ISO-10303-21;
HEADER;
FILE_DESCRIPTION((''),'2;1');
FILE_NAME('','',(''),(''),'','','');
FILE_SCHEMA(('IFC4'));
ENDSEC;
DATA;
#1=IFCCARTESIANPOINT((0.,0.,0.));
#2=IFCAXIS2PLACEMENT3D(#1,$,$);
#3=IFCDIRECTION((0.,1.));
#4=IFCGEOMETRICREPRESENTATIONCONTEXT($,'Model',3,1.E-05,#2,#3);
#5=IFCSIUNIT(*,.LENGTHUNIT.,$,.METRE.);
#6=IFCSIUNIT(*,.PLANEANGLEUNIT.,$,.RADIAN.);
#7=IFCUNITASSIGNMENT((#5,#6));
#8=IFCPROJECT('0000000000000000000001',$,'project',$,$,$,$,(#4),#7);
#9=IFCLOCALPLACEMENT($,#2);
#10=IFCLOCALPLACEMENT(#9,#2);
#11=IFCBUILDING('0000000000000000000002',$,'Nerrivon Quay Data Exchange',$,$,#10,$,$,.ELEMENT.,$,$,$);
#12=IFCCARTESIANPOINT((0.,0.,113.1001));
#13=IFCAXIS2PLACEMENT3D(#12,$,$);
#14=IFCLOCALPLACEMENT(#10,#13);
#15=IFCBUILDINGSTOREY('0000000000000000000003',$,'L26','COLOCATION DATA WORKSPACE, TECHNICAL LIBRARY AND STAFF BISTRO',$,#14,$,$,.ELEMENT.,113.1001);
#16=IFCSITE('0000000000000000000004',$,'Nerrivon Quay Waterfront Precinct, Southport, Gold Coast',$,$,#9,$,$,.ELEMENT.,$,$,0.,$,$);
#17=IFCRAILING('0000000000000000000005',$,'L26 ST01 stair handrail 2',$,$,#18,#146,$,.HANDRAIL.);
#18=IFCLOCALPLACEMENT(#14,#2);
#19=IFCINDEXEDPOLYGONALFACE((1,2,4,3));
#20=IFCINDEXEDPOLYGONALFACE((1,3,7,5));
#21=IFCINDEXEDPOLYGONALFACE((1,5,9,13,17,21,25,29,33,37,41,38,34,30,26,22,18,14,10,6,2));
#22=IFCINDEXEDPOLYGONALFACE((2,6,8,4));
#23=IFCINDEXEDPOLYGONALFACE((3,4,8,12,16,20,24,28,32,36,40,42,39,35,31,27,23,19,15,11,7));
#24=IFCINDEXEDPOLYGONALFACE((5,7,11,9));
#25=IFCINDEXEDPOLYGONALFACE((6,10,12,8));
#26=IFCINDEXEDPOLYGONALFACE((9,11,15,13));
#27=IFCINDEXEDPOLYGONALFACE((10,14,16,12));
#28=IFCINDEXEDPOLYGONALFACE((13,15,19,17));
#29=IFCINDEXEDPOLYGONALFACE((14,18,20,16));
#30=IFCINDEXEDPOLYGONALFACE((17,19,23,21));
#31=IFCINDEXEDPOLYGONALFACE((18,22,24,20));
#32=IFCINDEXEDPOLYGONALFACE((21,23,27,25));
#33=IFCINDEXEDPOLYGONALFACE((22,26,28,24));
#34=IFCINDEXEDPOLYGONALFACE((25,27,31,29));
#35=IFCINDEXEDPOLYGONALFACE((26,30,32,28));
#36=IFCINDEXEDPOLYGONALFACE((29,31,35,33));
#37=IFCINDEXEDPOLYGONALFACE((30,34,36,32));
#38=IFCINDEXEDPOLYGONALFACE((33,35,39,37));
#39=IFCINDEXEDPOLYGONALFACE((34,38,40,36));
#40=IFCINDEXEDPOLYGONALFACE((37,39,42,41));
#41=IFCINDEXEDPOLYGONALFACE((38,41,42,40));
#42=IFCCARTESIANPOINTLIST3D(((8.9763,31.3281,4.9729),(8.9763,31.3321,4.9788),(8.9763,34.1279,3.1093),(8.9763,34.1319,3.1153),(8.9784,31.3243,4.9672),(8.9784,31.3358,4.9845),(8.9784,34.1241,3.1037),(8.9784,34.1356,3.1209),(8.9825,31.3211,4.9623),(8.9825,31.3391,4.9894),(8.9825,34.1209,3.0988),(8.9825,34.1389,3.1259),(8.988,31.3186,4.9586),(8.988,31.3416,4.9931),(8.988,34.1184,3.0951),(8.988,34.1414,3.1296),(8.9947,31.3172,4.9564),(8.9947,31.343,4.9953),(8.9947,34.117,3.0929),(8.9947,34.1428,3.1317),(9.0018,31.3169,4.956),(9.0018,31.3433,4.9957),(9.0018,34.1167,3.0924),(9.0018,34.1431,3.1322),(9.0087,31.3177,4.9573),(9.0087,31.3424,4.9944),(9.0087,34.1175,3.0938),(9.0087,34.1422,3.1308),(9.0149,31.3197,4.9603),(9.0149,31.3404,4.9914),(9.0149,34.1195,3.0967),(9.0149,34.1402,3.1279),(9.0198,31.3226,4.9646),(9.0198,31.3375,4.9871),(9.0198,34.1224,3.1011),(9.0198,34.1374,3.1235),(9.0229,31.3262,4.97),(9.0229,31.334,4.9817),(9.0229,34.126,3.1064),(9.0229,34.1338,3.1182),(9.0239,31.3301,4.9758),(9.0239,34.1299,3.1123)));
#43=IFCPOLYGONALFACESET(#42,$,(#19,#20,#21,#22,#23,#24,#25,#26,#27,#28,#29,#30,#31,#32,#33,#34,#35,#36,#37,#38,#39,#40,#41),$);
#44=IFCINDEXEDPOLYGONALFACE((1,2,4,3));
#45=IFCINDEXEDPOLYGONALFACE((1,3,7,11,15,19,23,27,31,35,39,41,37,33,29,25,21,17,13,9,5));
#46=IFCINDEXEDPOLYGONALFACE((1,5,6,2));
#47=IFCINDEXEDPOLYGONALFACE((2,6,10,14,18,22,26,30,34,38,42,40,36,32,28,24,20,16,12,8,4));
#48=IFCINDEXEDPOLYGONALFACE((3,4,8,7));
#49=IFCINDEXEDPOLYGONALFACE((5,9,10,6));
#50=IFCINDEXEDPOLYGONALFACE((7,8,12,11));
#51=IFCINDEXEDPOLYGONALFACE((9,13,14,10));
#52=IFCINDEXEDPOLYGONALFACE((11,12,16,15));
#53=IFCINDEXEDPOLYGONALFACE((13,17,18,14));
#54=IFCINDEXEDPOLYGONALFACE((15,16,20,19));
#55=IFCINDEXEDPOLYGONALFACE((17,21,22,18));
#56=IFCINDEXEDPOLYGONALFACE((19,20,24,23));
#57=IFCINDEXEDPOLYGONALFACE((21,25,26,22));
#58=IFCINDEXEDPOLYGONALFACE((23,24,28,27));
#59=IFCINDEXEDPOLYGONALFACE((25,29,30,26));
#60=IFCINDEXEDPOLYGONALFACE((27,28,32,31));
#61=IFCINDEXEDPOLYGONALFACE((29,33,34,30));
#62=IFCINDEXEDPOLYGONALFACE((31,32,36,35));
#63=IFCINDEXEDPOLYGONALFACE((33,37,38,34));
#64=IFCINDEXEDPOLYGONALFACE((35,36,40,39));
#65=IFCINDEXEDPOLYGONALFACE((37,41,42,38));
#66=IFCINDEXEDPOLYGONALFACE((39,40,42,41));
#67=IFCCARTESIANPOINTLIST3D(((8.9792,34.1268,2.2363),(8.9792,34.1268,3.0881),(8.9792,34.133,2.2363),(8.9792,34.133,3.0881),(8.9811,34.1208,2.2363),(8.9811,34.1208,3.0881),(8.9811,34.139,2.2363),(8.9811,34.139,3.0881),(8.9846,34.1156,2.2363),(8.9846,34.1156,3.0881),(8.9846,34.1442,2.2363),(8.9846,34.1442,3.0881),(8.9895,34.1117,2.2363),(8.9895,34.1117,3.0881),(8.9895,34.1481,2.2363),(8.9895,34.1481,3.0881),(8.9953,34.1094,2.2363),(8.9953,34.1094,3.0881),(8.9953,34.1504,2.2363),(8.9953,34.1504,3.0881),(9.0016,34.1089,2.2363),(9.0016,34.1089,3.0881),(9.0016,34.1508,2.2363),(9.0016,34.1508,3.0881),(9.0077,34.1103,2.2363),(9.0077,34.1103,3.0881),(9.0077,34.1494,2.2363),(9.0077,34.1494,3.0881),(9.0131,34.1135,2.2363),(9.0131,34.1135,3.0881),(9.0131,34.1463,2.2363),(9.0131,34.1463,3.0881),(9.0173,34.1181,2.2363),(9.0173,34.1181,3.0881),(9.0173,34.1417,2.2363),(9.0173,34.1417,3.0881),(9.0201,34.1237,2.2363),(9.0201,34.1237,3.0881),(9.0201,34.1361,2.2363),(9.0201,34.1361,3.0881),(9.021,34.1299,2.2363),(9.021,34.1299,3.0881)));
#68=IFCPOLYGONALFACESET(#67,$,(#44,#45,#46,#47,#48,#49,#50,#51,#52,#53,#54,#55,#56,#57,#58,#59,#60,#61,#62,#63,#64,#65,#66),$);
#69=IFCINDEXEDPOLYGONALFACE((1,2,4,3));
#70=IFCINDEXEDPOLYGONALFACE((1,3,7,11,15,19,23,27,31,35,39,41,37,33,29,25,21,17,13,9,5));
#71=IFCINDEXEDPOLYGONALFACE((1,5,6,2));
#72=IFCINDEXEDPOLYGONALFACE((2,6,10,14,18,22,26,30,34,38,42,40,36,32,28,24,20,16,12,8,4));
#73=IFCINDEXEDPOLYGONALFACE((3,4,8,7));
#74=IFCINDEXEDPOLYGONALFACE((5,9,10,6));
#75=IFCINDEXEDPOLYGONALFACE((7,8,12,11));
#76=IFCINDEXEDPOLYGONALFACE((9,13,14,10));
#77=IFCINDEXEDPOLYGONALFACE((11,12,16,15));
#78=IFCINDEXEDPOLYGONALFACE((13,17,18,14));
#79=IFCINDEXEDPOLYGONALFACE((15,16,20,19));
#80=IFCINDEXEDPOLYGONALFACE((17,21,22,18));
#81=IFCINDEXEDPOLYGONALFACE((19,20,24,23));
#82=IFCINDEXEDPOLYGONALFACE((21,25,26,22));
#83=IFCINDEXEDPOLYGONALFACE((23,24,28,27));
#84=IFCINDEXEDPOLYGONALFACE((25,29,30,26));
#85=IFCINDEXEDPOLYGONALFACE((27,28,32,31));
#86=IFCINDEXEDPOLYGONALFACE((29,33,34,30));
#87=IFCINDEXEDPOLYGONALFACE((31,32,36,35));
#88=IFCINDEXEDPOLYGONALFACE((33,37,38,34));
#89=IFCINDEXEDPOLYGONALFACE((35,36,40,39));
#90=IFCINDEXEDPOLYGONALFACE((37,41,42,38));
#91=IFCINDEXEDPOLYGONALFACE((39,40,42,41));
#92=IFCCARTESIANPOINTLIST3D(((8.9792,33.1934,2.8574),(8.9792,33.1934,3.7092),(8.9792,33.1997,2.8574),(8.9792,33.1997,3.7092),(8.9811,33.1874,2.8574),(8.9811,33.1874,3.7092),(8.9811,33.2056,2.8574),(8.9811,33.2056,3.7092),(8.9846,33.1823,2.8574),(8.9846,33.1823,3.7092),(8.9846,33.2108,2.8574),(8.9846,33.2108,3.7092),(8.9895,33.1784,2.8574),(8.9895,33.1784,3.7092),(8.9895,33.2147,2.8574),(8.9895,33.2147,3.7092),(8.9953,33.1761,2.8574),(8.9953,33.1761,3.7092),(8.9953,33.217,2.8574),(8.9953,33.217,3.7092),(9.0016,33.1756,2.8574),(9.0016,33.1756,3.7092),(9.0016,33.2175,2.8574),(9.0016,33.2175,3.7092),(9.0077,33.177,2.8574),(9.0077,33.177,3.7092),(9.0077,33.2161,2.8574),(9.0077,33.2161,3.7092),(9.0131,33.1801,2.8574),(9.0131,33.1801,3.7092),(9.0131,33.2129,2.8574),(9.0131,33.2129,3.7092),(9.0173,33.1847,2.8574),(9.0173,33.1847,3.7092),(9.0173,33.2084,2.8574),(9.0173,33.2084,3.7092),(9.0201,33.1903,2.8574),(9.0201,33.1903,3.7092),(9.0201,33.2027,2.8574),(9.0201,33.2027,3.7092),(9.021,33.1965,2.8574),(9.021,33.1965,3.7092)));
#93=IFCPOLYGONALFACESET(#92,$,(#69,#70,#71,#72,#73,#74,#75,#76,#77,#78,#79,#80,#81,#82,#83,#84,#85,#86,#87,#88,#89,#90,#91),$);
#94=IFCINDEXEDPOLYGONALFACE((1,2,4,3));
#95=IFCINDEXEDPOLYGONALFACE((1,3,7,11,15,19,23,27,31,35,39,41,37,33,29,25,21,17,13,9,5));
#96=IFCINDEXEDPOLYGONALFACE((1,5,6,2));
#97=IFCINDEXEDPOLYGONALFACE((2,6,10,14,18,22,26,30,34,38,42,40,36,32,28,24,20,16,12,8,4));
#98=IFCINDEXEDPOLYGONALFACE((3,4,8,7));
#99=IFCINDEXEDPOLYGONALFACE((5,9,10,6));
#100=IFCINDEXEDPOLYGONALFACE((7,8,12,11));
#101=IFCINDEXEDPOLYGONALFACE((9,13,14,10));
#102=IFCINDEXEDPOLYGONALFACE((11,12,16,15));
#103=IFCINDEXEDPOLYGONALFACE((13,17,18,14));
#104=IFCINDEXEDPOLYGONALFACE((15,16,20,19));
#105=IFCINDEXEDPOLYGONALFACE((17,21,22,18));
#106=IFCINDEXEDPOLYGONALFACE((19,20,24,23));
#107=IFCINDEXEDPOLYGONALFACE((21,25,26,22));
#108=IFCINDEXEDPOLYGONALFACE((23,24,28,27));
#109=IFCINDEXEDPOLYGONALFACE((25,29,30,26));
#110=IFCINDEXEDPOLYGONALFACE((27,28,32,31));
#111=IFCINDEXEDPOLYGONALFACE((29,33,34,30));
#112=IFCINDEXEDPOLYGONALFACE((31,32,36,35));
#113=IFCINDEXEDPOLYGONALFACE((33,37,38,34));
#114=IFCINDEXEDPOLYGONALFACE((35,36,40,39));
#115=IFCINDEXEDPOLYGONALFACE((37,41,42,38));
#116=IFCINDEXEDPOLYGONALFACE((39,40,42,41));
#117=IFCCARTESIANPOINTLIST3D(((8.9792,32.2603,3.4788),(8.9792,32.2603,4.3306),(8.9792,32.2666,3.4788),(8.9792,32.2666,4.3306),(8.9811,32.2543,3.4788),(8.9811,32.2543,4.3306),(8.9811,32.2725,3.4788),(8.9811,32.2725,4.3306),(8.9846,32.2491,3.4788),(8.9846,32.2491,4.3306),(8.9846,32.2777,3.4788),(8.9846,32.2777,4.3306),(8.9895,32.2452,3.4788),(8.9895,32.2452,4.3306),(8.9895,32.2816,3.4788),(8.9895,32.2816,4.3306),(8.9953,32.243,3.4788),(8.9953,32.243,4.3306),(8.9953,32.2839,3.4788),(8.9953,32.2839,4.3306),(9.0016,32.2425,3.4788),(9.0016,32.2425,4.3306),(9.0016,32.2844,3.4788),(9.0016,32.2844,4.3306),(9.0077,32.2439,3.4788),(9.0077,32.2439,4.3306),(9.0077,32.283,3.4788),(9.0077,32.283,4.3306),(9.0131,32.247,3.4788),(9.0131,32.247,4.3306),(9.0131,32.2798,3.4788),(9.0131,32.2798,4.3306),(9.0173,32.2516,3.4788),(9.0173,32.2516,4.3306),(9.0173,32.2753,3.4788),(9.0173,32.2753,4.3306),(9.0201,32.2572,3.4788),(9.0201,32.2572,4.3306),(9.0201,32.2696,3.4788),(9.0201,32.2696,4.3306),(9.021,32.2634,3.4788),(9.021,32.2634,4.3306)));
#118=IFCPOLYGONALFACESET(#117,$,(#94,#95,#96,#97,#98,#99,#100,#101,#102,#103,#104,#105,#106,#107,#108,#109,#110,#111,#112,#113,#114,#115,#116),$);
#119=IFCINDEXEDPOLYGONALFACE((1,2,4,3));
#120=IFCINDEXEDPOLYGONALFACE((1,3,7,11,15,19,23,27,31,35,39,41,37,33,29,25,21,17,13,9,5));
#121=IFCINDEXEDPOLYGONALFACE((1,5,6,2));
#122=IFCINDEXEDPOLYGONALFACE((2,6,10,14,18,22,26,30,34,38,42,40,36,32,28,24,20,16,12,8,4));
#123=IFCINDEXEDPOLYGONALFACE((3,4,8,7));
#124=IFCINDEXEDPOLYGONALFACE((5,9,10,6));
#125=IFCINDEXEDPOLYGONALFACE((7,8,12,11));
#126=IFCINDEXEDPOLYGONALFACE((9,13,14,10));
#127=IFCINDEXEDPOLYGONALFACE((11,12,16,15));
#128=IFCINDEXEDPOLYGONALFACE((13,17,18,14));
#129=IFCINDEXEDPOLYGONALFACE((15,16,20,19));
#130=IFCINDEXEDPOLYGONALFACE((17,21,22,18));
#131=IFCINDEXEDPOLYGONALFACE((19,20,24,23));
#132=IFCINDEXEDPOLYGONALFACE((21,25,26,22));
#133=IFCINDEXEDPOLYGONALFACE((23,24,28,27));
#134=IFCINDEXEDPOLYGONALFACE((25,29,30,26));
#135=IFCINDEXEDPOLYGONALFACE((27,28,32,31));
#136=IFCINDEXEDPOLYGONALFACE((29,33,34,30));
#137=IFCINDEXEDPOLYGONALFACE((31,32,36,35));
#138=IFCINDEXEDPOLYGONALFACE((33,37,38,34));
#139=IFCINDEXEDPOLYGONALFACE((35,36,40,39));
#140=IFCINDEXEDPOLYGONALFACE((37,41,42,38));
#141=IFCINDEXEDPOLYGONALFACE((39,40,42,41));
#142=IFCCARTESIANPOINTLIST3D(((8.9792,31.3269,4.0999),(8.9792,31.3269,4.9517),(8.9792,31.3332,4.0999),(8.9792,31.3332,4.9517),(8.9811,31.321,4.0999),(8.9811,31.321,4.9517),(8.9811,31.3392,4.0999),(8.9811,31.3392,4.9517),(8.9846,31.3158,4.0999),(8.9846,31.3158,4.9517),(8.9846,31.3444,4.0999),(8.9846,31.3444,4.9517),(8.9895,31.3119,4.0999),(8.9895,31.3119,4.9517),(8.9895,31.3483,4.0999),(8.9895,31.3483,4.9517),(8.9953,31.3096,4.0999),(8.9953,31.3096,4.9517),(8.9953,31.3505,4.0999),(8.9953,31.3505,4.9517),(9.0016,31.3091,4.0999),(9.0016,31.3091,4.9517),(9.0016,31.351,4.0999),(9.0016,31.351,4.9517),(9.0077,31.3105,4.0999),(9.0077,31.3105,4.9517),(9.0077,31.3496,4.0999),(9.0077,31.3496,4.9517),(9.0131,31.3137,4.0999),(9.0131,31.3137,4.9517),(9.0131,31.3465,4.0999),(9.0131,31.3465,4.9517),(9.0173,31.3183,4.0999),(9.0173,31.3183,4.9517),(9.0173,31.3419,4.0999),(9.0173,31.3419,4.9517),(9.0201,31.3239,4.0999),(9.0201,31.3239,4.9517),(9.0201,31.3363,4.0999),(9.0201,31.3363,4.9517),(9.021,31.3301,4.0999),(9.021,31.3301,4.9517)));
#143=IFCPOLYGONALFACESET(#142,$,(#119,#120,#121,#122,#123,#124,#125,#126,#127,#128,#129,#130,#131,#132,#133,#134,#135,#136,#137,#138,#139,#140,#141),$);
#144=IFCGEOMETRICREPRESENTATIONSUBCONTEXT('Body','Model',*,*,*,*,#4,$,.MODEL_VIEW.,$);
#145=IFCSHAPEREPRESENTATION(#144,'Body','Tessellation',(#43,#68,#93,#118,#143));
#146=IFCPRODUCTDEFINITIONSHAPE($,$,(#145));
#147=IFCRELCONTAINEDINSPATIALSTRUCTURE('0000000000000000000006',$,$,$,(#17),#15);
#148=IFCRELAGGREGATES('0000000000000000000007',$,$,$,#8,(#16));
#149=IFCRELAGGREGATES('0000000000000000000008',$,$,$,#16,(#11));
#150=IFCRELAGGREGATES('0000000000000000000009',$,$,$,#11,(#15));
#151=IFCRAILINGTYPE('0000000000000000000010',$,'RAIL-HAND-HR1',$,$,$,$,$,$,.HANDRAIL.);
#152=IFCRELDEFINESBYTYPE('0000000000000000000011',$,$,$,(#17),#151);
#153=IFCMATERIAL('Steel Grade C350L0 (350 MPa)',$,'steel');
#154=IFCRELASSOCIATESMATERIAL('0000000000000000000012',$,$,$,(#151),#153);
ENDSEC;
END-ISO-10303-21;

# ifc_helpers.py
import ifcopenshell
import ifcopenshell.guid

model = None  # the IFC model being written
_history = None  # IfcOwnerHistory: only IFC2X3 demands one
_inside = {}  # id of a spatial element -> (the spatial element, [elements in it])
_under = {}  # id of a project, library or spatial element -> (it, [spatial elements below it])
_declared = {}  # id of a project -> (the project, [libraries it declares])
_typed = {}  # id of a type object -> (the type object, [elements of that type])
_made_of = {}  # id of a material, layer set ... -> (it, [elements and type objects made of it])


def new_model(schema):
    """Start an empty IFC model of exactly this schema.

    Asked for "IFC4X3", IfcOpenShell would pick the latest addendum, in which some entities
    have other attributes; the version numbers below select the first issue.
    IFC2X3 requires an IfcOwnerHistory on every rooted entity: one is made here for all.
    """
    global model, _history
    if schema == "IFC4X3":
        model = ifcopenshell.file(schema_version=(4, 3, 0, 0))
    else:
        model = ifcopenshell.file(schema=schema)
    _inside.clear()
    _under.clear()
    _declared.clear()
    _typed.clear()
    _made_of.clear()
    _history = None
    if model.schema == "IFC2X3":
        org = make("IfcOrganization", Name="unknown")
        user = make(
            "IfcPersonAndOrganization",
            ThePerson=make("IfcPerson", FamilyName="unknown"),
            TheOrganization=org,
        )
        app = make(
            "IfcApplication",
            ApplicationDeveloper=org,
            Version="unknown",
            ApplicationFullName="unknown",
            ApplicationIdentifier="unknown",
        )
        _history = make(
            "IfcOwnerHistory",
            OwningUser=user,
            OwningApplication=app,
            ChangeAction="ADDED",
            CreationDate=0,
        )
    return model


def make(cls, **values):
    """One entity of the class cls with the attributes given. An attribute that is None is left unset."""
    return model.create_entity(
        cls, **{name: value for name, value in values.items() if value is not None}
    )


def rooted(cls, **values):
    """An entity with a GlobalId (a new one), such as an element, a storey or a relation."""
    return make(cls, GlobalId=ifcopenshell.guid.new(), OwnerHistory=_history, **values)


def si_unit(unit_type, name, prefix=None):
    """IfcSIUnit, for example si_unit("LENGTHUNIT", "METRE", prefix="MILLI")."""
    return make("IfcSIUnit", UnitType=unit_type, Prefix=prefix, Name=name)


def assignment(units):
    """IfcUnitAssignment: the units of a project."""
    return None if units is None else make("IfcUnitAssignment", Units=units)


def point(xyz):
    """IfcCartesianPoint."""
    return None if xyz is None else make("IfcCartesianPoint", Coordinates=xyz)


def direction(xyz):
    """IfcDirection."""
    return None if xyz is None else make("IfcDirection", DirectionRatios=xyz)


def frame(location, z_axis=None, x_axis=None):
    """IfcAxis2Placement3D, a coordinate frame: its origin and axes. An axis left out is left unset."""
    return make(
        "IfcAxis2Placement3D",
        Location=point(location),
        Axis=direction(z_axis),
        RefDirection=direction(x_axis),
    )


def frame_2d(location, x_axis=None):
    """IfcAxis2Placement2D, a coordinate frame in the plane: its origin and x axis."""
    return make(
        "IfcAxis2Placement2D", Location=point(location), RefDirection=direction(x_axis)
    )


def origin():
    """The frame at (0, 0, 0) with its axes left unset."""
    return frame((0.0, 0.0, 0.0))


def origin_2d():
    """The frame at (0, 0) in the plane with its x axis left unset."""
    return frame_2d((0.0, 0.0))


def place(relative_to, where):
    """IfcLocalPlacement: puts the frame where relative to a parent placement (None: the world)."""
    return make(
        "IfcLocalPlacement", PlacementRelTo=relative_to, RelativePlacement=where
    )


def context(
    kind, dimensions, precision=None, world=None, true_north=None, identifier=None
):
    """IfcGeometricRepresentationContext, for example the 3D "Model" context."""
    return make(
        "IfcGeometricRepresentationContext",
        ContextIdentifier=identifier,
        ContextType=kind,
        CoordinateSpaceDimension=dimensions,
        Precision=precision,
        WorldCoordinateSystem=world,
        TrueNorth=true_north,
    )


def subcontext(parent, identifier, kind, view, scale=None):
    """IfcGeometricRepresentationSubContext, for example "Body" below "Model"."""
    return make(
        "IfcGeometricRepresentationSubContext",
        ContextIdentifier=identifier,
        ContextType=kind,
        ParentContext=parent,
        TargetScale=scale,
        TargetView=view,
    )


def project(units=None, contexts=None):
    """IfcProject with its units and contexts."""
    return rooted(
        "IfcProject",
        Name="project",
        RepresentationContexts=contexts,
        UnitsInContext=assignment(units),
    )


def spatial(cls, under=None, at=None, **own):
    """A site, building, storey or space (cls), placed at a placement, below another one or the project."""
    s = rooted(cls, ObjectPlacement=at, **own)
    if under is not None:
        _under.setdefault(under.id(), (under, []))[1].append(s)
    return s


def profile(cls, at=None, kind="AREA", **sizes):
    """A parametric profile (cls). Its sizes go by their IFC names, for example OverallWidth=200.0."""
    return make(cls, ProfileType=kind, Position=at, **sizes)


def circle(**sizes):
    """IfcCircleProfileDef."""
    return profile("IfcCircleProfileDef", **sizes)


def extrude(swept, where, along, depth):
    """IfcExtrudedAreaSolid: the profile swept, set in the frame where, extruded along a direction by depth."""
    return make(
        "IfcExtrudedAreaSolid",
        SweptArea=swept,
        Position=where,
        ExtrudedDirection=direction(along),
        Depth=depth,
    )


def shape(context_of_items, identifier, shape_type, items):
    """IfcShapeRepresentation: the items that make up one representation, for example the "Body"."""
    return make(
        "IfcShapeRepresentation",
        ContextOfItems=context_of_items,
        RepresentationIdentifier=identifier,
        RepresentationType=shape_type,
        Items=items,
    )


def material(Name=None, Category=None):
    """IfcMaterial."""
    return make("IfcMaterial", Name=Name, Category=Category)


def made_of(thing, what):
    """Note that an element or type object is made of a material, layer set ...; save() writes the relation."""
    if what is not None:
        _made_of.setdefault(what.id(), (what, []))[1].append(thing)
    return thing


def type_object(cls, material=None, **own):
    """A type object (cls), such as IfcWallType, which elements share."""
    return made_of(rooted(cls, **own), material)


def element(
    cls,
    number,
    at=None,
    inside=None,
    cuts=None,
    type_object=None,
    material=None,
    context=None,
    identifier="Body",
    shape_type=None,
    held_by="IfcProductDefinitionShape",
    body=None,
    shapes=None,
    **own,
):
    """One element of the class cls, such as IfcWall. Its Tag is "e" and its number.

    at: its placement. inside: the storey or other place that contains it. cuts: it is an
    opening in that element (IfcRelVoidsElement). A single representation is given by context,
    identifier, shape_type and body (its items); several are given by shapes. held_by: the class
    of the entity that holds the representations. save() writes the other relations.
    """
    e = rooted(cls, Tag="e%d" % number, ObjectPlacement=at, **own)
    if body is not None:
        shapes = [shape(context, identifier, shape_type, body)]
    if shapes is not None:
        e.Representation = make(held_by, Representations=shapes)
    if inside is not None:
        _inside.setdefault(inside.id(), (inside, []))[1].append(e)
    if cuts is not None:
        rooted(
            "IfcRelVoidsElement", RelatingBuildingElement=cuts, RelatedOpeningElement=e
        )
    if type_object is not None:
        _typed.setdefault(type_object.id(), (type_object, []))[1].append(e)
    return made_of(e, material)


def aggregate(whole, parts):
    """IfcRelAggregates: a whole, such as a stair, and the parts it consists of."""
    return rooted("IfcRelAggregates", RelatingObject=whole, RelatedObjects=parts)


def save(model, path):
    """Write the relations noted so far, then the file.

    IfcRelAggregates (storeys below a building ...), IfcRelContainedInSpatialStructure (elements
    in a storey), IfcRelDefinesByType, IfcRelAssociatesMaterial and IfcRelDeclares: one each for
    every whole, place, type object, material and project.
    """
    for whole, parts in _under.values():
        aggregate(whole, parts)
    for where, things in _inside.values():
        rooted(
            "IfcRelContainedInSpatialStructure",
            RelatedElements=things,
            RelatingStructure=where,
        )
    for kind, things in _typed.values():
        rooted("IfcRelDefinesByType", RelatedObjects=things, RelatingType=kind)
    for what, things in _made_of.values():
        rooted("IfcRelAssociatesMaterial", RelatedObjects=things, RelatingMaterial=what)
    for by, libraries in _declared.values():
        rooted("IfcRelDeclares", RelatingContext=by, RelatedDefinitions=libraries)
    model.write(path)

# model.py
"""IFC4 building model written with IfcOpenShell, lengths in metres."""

from ifc_helpers import new_model, si_unit, direction, frame, origin, origin_2d, place, context, subcontext, project, spatial, circle, extrude, material, type_object, element, save


model = new_model("IFC4")

# Units and contexts
model_context = context("Model", 3, precision=1e-05, world=origin(), true_north=direction((0.0, 1.0)))
body_context = subcontext(model_context, "Body", "Model", "MODEL_VIEW")
ifc_project = project(units=[si_unit("LENGTHUNIT", "METRE"), si_unit("PLANEANGLEUNIT", "RADIAN")], contexts=[model_context])

# Site, building, storey
site_placement = place(None, origin())
site = spatial("IfcSite", under=ifc_project, at=site_placement, Name="Nerrivon Quay Waterfront Precinct, Southport, Gold Coast", CompositionType="ELEMENT", RefElevation=0.0)
building_placement = place(site_placement, origin())
building = spatial("IfcBuilding", under=site, at=building_placement, Name="Nerrivon Quay Data Exchange", CompositionType="ELEMENT")
storey_placement = place(building_placement, frame((0.0, 0.0, 113.1001)))
storey = spatial("IfcBuildingStorey", under=building, at=storey_placement, Name="L26", Description="COLOCATION DATA WORKSPACE, TECHNICAL LIBRARY AND STAFF BISTRO", CompositionType="ELEMENT", Elevation=113.1001)

# Railing
ifc_material_1 = material(Name="Steel Grade C350L0 (350 MPa)", Category="steel")
railing_type_1 = type_object("IfcRailingType", Name="RAIL-HAND-HR1", PredefinedType="HANDRAIL", material=ifc_material_1)
railing_1_placement = place(storey_placement, frame((9.0, 34.1299, 2.2363)))
element("IfcRailing", 1, at=railing_1_placement, inside=storey, type_object=railing_type_1, Name="L26 ST01 stair handrail 2", PredefinedType="HANDRAIL", context=body_context, shape_type="SweptSolid", body=[
    extrude(circle(Radius=0.0239, at=origin_2d()), frame((0.0, 0.0, 0.876), z_axis=(0.0, -0.832463, 0.55408), x_axis=(1.0, 0.0, 0.0)), (0.0, 0.0, 1.0), 3.3633),
    extrude(circle(Radius=0.021, at=origin_2d()), origin(), (0.0, 0.0, 1.0), 0.8518),
    extrude(circle(Radius=0.021, at=origin_2d()), frame((0.0, -0.9333, 0.6211)), (0.0, 0.0, 1.0), 0.8518),
    extrude(circle(Radius=0.021, at=origin_2d()), frame((0.0, -1.8665, 1.2424)), (0.0, 0.0, 1.0), 0.8518),
    extrude(circle(Radius=0.021, at=origin_2d()), frame((0.0, -2.7998, 1.8635)), (0.0, 0.0, 1.0), 0.8518),
])

save(model, "model.ifc")
